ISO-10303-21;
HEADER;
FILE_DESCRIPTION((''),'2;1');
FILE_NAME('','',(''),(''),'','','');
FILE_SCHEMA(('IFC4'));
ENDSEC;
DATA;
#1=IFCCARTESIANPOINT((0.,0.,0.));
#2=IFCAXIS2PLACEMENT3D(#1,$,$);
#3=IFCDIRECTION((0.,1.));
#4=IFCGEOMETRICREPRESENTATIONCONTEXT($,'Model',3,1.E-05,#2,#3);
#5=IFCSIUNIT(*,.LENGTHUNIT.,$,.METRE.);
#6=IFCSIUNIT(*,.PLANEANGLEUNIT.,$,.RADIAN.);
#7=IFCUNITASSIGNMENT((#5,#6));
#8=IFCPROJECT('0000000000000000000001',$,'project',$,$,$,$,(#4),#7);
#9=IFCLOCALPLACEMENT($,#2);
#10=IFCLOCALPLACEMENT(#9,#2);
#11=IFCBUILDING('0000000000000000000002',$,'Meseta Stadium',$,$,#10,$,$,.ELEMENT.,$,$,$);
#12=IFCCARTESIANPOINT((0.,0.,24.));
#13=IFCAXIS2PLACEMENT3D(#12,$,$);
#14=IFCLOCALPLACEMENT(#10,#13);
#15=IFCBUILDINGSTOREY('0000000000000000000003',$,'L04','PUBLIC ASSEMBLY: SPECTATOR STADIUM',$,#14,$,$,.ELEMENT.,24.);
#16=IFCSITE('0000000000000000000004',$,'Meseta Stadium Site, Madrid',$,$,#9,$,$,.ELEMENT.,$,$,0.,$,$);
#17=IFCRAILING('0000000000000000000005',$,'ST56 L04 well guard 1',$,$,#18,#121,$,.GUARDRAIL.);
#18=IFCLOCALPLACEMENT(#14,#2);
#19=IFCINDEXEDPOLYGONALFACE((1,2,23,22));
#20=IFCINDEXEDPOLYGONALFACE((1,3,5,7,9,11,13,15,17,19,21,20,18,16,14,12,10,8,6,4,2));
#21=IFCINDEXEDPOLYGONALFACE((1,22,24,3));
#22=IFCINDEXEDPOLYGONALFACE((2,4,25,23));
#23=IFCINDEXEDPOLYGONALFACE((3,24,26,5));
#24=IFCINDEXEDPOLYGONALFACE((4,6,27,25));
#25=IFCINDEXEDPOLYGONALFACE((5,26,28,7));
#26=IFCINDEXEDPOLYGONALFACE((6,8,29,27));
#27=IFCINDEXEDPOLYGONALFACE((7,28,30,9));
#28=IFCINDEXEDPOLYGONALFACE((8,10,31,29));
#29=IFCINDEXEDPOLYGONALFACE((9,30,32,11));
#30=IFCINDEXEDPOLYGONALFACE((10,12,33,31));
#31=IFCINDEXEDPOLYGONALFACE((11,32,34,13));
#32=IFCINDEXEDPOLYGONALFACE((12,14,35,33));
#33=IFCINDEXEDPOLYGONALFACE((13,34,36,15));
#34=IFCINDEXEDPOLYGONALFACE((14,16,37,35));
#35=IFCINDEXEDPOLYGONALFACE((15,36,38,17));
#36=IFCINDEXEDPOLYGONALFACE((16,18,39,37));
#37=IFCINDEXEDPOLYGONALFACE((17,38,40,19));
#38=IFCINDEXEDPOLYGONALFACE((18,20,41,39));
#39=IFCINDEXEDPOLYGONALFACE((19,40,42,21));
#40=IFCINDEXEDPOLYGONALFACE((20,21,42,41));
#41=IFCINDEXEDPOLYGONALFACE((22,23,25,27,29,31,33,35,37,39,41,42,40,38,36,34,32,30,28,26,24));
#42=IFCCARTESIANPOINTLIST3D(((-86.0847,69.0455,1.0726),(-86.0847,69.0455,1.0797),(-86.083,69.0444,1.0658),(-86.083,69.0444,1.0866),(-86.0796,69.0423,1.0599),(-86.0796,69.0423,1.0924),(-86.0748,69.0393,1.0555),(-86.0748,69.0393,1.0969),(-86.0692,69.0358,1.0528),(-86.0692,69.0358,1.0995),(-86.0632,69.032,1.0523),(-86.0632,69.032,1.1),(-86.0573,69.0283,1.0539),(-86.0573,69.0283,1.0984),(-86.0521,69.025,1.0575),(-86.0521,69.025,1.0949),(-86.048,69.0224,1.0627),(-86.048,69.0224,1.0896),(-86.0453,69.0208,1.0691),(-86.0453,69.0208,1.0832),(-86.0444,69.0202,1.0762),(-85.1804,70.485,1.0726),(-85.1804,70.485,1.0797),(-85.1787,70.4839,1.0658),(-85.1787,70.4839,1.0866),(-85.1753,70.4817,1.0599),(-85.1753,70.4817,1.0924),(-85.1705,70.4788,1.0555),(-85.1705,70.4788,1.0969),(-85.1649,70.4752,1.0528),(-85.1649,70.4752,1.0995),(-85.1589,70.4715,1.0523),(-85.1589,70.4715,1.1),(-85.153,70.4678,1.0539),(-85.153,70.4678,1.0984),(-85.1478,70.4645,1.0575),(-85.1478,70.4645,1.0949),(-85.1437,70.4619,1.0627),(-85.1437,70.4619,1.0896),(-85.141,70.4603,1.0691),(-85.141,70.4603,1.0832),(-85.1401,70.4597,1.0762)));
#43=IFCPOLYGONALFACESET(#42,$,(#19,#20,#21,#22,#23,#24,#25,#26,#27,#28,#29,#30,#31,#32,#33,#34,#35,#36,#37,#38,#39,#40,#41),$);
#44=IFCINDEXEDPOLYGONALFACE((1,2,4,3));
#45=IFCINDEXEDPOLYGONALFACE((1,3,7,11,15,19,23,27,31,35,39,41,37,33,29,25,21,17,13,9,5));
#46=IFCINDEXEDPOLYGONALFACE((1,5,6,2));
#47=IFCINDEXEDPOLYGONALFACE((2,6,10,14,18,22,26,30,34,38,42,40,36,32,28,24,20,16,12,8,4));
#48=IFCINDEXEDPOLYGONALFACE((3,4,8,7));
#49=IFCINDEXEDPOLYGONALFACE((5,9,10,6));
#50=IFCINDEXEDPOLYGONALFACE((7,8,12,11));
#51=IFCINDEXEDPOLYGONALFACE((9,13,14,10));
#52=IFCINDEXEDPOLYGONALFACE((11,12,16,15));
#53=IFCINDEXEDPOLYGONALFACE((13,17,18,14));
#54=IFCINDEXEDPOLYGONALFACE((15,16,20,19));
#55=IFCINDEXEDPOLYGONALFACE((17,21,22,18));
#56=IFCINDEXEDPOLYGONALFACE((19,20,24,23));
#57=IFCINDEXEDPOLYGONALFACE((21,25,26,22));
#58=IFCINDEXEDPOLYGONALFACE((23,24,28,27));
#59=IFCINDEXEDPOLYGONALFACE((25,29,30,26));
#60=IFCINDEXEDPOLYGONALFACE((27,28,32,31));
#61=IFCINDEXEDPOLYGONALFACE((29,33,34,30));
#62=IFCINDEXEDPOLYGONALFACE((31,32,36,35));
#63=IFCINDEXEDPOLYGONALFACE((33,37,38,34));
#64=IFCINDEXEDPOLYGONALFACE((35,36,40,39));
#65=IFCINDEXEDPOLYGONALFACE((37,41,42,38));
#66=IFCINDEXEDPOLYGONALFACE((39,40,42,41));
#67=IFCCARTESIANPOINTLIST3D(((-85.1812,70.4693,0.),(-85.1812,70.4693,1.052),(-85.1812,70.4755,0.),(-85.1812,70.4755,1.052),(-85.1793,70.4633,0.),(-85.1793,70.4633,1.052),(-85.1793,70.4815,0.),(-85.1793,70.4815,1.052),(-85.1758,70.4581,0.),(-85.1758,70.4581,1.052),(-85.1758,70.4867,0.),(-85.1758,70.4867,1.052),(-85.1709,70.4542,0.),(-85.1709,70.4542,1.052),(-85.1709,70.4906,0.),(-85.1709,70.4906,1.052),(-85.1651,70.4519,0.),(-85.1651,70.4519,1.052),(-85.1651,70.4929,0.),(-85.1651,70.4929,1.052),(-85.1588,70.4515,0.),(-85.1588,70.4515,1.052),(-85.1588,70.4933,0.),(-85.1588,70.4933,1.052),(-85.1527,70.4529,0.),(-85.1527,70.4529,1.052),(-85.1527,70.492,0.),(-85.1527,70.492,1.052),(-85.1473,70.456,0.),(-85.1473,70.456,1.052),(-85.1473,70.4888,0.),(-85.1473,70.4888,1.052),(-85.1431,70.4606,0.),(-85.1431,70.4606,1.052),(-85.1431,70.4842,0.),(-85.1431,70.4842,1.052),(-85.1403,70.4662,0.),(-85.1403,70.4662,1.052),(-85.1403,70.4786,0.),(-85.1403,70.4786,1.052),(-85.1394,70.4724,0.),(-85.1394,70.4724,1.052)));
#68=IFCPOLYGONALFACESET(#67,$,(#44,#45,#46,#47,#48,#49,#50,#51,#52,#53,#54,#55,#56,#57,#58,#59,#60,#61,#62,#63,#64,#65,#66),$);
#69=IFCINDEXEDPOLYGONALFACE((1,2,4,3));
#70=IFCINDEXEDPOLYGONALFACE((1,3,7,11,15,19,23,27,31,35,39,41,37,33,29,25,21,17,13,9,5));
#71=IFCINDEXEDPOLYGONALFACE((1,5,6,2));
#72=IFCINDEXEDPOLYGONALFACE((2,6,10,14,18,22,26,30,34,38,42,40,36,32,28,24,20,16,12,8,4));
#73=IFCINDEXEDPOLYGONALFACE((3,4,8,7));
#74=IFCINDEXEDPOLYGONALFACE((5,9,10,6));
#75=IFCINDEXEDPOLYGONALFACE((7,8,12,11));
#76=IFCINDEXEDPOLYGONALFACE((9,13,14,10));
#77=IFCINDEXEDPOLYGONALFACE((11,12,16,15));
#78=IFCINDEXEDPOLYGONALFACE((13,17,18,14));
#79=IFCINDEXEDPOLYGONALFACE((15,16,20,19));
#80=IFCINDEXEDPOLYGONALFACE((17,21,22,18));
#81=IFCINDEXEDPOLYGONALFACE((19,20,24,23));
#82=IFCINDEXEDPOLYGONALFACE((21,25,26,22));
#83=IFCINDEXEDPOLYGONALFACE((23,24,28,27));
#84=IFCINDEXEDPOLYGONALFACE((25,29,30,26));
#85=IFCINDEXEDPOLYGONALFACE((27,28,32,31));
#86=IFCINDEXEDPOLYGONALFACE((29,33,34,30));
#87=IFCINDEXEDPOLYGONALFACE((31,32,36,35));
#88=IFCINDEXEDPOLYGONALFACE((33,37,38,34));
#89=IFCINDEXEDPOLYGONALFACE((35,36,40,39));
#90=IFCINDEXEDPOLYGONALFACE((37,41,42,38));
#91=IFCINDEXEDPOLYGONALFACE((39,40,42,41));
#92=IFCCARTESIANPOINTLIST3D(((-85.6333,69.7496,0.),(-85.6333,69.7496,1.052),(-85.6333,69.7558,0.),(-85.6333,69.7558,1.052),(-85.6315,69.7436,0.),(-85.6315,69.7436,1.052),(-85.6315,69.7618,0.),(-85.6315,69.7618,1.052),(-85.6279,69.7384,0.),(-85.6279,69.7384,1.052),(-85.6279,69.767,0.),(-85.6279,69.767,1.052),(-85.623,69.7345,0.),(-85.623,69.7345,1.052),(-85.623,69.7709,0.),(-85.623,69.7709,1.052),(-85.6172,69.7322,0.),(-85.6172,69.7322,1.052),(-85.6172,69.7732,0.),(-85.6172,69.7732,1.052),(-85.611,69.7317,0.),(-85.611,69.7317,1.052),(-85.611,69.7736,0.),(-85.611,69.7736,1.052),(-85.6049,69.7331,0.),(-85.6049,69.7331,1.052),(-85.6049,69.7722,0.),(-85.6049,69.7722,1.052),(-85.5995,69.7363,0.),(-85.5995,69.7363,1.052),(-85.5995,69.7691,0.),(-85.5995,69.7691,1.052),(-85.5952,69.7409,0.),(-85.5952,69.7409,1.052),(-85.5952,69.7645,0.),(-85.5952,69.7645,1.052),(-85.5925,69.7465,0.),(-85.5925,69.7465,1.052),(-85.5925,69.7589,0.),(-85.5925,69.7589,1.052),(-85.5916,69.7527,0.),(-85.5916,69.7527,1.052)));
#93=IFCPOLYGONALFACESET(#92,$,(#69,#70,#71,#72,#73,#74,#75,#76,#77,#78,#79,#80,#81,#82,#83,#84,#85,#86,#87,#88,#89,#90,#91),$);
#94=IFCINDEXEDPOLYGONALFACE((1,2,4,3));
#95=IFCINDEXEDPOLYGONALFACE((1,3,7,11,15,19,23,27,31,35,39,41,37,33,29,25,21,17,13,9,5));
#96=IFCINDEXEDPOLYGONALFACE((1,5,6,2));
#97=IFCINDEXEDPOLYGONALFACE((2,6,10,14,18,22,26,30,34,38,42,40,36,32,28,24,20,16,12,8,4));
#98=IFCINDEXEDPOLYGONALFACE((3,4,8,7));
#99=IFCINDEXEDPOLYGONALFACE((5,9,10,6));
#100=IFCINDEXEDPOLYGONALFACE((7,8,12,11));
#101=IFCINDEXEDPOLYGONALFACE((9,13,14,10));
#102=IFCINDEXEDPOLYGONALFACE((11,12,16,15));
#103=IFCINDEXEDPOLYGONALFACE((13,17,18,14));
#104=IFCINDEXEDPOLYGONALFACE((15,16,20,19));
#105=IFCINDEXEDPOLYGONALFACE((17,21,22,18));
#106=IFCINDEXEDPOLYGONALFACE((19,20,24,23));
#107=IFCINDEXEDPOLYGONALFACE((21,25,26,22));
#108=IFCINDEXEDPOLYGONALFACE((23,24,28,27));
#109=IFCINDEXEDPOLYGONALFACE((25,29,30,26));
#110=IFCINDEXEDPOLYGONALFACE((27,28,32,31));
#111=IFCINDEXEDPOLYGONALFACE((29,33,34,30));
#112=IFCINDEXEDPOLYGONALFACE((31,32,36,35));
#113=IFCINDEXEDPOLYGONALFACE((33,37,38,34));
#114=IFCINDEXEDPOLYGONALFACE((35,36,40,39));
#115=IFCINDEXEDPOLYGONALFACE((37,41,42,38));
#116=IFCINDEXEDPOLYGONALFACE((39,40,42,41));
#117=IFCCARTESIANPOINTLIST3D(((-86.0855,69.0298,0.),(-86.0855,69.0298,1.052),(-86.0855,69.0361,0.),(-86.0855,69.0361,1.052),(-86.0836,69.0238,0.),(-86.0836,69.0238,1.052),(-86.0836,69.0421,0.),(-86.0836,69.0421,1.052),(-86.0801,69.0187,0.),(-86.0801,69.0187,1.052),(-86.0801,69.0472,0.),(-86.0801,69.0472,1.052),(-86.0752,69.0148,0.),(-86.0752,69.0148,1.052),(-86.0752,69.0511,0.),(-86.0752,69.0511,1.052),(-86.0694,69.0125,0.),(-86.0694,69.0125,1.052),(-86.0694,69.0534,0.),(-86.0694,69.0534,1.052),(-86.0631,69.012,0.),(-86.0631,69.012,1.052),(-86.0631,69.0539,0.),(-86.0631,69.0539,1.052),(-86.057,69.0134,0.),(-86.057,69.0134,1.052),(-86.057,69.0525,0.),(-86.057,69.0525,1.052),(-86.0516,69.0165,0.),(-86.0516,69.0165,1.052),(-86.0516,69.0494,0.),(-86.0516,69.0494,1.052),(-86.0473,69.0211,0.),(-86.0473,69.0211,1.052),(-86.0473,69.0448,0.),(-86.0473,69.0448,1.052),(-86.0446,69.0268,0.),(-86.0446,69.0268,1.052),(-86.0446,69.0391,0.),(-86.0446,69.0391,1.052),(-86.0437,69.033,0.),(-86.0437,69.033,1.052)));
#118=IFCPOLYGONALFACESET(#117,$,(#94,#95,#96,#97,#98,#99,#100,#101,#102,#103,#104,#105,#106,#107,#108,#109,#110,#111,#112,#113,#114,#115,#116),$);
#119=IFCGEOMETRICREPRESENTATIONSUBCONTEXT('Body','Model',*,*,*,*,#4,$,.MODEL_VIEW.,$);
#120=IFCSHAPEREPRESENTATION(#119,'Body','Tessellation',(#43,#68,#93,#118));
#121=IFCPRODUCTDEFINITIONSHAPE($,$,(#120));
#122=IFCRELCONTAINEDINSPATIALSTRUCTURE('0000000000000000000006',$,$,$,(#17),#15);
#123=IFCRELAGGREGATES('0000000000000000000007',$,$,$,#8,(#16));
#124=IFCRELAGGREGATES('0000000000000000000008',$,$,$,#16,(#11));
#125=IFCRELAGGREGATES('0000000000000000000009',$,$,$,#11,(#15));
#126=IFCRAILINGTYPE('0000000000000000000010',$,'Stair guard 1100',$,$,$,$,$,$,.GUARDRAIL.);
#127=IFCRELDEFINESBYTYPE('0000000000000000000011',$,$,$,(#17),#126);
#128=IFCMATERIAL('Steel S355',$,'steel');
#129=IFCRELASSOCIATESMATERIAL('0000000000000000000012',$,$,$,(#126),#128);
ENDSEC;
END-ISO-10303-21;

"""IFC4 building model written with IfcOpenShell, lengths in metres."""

from ifc_helpers import new_model, si_unit, direction, frame, origin, origin_2d, place, context, subcontext, project, spatial, circle, extrude, material, type_object, element, save


model = new_model("IFC4")

# Units and contexts
model_context = context("Model", 3, precision=1e-05, world=origin(), true_north=direction((0.0, 1.0)))
body_context = subcontext(model_context, "Body", "Model", "MODEL_VIEW")
ifc_project = project(units=[si_unit("LENGTHUNIT", "METRE"), si_unit("PLANEANGLEUNIT", "RADIAN")], contexts=[model_context])

# Site, building, storey
site_placement = place(None, origin())
site = spatial("IfcSite", under=ifc_project, at=site_placement, Name="Meseta Stadium Site, Madrid", CompositionType="ELEMENT", RefElevation=0.0)
building_placement = place(site_placement, origin())
building = spatial("IfcBuilding", under=site, at=building_placement, Name="Meseta Stadium", CompositionType="ELEMENT")
storey_placement = place(building_placement, frame((0.0, 0.0, 24.0)))
storey = spatial("IfcBuildingStorey", under=building, at=storey_placement, Name="L04", Description="PUBLIC ASSEMBLY: SPECTATOR STADIUM", CompositionType="ELEMENT", Elevation=24.0)

# Railing
ifc_material_1 = material(Name="Steel S355", Category="steel")
railing_type = type_object("IfcRailingType", Name="Stair guard 1100", PredefinedType="GUARDRAIL", material=ifc_material_1)
railing_1_placement = place(storey_placement, frame((-85.1604, 70.4724, 0.0)))
element("IfcRailing", 1, at=railing_1_placement, inside=storey, type_object=railing_type, Name="ST56 L04 well guard 1", PredefinedType="GUARDRAIL", context=body_context, shape_type="SweptSolid", body=[
    extrude(circle(Radius=0.0239, at=origin_2d()), frame((0.0, 0.0, 1.0762), z_axis=(-0.53196, -0.84677, 0.0), x_axis=(0.84677, -0.53196, 0.0)), (0.0, 0.0, 1.0), 1.7),
    extrude(circle(Radius=0.021, at=origin_2d()), origin(), (0.0, 0.0, 1.0), 1.052),
    extrude(circle(Radius=0.021, at=origin_2d()), frame((-0.4521, -0.7197, 0.0)), (0.0, 0.0, 1.0), 1.052),
    extrude(circle(Radius=0.021, at=origin_2d()), frame((-0.9043, -1.4395, 0.0)), (0.0, 0.0, 1.0), 1.052),
])

save(model, "model.ifc")
